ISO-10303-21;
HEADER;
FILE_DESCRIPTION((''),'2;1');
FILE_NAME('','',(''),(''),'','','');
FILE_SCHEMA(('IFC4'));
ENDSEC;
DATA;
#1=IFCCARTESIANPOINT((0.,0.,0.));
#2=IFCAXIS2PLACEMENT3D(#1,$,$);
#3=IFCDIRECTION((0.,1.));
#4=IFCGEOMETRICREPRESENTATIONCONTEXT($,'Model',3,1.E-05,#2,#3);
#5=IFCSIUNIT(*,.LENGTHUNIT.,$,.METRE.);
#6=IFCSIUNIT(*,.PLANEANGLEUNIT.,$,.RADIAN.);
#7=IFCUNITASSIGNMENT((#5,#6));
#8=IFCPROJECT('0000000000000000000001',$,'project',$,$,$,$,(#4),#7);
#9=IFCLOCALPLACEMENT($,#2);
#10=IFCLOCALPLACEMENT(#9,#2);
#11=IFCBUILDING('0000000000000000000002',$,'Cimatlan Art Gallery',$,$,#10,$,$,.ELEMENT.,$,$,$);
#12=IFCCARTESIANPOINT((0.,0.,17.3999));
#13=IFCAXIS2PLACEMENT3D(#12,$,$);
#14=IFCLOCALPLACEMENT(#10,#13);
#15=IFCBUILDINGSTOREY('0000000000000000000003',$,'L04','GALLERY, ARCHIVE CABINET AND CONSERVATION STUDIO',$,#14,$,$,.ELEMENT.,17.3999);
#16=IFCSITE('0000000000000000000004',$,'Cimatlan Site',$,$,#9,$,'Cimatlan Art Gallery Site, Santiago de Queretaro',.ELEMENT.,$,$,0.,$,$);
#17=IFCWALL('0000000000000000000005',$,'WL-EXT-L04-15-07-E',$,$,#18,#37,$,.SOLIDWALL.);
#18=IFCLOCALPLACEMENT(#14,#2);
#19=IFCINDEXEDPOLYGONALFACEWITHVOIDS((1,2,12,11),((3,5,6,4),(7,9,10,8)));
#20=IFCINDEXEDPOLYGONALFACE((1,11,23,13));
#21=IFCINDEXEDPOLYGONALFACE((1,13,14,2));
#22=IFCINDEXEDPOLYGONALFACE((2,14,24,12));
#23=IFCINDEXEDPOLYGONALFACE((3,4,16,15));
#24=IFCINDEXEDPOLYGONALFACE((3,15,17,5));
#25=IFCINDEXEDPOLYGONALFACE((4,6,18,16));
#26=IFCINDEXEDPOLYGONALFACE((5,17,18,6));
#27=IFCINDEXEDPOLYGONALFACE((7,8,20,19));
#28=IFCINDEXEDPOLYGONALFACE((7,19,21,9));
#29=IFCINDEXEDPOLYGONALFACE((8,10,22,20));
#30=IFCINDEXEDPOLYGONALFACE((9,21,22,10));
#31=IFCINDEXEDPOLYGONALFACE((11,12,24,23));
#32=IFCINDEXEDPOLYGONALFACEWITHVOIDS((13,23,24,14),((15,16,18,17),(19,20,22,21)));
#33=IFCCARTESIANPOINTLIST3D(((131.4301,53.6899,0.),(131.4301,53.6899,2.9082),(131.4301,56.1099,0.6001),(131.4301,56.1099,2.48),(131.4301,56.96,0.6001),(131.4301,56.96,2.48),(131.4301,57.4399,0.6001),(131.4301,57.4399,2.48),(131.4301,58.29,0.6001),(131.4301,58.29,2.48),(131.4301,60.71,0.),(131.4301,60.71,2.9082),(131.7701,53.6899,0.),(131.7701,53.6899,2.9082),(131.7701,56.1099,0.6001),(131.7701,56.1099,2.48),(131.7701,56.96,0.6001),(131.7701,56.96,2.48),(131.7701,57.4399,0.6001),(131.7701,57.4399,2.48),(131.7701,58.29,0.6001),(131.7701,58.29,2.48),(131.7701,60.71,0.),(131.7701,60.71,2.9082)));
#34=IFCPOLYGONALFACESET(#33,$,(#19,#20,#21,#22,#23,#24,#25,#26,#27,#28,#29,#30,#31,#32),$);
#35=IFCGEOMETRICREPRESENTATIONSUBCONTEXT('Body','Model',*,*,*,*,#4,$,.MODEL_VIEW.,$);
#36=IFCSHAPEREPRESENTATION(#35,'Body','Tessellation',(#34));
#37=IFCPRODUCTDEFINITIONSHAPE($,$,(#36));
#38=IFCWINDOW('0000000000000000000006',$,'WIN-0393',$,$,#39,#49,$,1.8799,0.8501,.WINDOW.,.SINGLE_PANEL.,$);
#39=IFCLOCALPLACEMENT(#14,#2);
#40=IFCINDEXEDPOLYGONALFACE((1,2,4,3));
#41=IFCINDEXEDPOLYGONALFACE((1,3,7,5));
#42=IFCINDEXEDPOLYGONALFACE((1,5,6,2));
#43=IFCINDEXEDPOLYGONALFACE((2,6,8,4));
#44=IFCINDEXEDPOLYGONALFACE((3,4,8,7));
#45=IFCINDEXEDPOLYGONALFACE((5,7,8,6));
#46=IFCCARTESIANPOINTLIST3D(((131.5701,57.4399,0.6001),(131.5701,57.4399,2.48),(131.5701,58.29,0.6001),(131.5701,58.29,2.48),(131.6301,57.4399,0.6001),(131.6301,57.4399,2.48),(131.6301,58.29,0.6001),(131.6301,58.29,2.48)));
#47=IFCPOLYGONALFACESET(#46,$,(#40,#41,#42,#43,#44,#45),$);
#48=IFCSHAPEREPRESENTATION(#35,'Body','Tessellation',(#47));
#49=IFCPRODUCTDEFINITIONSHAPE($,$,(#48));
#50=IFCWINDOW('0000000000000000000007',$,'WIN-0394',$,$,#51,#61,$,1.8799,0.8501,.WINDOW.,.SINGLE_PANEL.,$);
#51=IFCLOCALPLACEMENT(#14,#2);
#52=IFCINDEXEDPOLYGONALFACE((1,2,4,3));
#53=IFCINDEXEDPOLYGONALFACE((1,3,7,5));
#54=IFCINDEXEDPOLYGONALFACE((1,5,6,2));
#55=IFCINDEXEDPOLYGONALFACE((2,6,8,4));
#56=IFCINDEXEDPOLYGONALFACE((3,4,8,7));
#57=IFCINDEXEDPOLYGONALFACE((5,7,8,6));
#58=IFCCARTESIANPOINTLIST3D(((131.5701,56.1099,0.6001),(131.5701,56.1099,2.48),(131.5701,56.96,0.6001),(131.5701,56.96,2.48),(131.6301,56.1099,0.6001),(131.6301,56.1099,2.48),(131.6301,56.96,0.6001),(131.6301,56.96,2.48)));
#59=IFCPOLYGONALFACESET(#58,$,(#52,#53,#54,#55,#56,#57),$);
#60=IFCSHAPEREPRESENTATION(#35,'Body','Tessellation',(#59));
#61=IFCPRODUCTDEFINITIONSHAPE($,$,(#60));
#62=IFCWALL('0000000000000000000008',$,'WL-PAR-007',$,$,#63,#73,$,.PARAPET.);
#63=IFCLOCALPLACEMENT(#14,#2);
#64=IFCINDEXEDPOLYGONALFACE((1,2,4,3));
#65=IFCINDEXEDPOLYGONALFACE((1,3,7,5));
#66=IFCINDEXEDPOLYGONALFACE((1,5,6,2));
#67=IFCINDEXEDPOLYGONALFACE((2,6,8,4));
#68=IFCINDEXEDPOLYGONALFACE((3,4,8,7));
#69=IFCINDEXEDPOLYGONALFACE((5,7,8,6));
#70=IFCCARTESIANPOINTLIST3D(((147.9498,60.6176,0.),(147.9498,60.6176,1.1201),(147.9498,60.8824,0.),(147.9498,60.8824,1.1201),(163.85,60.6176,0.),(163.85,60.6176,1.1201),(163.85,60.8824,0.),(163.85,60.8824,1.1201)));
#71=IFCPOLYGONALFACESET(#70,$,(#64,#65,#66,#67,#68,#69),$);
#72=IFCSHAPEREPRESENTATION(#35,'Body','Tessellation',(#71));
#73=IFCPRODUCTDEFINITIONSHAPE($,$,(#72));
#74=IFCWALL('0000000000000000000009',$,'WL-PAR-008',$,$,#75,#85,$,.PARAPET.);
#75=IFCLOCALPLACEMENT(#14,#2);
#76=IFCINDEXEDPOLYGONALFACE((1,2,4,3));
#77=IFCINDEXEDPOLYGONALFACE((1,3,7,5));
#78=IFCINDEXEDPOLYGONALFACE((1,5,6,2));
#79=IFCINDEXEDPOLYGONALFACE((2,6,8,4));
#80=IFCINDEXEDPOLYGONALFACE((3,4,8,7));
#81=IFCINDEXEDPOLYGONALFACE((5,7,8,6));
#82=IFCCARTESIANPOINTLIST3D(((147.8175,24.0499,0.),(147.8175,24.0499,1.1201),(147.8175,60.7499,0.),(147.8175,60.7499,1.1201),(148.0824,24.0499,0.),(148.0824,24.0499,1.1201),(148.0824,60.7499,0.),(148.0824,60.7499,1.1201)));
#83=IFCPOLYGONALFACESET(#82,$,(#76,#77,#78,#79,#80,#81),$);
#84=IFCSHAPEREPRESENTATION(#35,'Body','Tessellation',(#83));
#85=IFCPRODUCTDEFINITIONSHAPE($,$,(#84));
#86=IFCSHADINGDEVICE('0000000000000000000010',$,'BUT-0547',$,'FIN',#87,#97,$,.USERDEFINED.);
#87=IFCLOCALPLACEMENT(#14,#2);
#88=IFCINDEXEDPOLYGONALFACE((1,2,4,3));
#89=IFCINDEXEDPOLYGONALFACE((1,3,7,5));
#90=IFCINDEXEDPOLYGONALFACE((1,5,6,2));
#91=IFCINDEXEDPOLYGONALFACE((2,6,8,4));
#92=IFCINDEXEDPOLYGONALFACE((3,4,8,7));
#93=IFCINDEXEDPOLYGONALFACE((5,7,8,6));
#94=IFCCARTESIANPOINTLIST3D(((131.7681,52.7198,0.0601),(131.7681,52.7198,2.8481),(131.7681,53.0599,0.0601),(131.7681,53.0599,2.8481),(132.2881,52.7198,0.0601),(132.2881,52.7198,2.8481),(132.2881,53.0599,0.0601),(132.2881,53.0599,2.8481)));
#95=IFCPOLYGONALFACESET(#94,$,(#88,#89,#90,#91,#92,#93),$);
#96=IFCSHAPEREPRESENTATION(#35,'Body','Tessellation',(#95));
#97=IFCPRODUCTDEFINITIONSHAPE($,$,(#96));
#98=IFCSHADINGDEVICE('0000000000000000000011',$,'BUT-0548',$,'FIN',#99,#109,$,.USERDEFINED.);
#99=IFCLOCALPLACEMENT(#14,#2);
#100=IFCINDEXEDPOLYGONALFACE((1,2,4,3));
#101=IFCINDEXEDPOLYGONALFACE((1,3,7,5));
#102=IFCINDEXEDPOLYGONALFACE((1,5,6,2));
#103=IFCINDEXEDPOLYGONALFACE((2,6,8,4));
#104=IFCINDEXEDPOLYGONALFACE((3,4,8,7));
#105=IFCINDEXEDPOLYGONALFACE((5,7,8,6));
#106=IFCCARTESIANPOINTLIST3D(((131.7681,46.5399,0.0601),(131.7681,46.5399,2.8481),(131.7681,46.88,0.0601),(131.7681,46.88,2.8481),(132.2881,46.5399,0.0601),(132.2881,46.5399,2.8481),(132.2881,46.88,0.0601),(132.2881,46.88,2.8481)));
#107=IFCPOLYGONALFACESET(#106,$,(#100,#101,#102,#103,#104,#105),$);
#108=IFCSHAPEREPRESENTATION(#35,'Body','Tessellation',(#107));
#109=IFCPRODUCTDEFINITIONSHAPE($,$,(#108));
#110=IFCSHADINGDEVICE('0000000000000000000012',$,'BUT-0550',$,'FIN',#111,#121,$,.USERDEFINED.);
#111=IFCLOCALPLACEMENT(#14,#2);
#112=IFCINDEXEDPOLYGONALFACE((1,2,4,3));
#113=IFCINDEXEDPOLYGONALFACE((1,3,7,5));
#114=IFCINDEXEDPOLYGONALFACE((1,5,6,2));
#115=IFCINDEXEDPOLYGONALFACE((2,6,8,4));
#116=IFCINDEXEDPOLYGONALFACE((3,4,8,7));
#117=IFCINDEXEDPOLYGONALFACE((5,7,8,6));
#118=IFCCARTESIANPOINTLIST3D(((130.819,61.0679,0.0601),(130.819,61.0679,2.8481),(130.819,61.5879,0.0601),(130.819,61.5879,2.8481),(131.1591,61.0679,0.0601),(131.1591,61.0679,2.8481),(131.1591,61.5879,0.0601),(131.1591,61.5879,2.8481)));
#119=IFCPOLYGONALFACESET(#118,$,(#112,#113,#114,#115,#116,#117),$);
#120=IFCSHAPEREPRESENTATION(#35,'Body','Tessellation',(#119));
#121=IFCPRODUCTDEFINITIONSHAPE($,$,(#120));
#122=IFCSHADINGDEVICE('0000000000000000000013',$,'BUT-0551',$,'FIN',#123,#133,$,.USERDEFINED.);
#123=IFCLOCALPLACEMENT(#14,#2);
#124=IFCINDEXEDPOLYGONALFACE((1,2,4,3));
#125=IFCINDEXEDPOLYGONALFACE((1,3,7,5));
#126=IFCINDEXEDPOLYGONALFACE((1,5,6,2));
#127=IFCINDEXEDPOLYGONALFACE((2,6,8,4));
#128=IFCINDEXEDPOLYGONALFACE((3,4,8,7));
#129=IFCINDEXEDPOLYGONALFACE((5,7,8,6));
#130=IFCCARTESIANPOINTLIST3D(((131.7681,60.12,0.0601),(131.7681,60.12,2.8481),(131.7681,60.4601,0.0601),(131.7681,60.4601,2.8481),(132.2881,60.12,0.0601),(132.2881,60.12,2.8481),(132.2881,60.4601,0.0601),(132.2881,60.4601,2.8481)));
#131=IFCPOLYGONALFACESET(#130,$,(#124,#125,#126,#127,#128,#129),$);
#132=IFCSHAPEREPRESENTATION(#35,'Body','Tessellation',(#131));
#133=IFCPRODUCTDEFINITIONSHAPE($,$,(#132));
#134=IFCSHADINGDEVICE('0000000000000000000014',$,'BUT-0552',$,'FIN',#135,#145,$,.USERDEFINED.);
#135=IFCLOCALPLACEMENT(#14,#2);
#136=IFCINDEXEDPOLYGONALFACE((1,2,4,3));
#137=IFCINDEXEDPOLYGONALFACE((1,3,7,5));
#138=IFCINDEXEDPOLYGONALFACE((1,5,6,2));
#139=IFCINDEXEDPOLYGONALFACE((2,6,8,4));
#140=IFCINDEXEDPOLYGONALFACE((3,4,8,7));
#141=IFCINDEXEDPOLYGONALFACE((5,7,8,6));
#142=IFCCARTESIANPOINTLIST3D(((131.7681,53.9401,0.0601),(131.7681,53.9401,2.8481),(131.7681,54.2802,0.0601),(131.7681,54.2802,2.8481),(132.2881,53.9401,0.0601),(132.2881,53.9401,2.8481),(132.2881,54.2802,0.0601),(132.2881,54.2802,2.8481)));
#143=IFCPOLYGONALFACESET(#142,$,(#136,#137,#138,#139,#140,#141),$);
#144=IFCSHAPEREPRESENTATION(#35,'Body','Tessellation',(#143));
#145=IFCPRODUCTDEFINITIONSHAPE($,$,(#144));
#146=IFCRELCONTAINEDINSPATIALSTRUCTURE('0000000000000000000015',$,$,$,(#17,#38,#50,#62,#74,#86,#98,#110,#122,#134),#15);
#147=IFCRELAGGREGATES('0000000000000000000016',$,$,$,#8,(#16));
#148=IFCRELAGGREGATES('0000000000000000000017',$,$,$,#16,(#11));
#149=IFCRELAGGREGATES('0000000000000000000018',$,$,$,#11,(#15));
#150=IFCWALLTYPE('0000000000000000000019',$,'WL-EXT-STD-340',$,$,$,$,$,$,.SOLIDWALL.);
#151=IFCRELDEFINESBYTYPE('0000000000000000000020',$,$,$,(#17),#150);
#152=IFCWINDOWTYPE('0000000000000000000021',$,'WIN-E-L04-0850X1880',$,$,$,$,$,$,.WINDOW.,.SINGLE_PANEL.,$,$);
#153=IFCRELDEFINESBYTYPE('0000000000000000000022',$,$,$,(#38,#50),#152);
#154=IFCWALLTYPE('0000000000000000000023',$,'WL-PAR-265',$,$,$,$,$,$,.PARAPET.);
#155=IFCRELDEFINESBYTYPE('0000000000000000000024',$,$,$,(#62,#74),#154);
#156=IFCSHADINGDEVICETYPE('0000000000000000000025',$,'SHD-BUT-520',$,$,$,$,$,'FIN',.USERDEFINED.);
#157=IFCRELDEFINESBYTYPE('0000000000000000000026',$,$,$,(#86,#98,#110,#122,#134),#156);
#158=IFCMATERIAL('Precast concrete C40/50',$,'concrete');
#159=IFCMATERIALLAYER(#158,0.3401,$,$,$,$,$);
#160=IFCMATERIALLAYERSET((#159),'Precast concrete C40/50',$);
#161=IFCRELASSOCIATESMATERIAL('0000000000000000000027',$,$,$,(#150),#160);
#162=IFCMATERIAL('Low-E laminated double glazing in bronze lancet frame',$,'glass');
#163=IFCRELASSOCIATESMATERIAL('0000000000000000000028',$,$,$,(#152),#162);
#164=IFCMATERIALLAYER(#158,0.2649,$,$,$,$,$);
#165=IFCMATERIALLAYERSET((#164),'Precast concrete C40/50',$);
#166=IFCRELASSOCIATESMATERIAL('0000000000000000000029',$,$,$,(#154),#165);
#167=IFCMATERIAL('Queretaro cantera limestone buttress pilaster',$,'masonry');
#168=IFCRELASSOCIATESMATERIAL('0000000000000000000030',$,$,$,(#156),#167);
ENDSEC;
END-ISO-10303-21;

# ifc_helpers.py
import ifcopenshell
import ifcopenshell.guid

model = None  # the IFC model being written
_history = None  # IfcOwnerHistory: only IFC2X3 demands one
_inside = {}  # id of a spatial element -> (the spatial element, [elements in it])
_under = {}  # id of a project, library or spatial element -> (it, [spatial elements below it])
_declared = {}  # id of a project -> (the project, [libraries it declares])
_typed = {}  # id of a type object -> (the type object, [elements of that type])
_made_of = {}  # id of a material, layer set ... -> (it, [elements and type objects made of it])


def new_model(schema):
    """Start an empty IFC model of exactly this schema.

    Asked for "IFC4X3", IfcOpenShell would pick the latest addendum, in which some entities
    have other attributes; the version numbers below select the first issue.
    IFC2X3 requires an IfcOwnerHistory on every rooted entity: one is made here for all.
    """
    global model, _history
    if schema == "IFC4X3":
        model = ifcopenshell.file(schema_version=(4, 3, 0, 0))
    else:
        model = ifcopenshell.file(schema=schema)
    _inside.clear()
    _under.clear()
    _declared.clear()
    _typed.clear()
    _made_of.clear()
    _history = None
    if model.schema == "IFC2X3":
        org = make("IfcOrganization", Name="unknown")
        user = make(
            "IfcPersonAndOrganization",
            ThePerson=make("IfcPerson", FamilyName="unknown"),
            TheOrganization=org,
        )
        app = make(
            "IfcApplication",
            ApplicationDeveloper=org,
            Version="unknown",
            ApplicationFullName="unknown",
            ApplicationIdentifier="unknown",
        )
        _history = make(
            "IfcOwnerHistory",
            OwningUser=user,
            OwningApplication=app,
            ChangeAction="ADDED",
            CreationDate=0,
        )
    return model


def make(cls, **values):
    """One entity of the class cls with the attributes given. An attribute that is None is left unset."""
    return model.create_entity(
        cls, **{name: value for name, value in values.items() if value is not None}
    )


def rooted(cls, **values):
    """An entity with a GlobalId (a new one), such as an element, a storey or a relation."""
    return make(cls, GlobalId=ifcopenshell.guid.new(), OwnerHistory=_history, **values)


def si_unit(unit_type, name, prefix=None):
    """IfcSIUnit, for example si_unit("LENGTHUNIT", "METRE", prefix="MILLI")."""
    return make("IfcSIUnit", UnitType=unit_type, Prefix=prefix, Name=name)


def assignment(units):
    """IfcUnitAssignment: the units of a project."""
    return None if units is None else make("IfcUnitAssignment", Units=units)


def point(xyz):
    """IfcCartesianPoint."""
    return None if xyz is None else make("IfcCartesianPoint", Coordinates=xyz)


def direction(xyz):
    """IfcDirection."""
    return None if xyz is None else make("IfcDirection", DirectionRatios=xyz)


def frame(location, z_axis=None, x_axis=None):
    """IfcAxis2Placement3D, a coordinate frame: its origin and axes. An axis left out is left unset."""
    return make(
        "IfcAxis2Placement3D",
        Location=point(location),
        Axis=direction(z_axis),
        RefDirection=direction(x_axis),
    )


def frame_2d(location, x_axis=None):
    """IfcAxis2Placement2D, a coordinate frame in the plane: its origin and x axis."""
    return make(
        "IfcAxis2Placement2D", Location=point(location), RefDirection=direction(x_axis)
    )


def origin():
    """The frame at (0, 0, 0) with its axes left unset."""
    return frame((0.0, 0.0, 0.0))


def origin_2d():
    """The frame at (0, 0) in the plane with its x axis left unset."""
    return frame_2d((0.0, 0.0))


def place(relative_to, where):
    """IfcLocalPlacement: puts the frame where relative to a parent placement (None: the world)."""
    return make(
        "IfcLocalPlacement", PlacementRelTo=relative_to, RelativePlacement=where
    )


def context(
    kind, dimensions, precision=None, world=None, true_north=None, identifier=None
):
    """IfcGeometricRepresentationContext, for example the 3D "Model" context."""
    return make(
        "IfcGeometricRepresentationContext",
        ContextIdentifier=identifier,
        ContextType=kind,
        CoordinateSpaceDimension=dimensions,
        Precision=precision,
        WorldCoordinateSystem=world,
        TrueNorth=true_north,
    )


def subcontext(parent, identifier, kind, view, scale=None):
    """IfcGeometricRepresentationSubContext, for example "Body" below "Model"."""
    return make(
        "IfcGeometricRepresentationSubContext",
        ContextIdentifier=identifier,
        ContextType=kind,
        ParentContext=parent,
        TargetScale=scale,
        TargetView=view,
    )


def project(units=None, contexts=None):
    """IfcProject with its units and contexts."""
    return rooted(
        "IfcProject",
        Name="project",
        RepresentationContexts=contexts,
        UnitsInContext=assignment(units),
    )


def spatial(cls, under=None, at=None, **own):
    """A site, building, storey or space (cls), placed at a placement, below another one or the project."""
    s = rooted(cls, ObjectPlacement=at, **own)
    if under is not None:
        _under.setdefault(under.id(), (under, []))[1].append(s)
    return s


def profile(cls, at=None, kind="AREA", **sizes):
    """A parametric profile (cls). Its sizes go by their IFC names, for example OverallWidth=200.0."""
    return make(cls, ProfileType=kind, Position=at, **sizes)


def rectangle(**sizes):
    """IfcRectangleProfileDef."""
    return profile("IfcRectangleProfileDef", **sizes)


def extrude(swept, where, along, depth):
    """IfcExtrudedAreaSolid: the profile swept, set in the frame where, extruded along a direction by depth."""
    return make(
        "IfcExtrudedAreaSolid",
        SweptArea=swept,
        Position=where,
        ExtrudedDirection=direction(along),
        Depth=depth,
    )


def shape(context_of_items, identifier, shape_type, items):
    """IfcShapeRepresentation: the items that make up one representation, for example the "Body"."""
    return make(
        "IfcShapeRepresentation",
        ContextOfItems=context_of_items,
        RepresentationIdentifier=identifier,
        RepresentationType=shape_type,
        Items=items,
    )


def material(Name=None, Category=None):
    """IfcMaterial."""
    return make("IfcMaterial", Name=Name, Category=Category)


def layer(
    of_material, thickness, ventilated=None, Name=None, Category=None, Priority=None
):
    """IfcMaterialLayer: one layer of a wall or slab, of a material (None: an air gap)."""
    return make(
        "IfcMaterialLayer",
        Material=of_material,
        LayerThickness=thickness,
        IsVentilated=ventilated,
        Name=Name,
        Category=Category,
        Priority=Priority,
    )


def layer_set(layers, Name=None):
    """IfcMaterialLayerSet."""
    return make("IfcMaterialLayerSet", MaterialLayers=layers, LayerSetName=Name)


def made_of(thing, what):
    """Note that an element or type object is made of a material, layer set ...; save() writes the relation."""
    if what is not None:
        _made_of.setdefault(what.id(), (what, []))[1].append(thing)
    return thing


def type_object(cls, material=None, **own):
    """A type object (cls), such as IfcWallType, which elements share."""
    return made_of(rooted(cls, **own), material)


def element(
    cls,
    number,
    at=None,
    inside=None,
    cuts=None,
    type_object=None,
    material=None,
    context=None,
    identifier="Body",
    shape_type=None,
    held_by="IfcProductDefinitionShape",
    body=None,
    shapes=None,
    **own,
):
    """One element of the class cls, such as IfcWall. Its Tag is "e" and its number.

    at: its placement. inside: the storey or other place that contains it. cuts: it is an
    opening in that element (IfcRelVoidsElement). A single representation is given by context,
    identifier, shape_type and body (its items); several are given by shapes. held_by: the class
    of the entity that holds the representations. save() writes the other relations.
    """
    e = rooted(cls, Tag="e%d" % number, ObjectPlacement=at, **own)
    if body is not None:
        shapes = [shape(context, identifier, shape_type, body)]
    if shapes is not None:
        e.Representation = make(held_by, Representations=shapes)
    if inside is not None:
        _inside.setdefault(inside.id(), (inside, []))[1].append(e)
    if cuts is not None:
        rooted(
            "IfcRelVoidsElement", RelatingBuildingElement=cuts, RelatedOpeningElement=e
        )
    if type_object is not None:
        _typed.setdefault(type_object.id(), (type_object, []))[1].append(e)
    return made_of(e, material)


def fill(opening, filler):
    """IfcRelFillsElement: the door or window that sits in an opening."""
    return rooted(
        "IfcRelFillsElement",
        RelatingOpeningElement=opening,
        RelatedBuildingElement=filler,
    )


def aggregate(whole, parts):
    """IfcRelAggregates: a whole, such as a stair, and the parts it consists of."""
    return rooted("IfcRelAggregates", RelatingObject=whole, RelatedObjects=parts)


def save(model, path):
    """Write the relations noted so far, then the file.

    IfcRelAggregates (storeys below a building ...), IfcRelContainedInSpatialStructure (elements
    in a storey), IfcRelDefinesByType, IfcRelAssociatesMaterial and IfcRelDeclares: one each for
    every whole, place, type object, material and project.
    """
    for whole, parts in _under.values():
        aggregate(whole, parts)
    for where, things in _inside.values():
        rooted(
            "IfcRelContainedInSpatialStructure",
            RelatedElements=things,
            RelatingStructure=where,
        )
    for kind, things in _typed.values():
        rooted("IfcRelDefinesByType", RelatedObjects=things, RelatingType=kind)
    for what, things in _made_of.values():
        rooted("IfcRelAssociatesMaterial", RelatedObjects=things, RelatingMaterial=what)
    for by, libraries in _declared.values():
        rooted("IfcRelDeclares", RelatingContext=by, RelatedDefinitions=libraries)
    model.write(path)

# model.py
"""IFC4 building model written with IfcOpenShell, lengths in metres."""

from ifc_helpers import new_model, si_unit, direction, frame, frame_2d, origin, origin_2d, place, context, subcontext, project, spatial, rectangle, extrude, material, layer, layer_set, type_object, element, fill, save


model = new_model("IFC4")

# Units and contexts
model_context = context("Model", 3, precision=1e-05, world=origin(), true_north=direction((0.0, 1.0)))
body_context = subcontext(model_context, "Body", "Model", "MODEL_VIEW")
ifc_project = project(units=[si_unit("LENGTHUNIT", "METRE"), si_unit("PLANEANGLEUNIT", "RADIAN")], contexts=[model_context])

# Site, building, storey
site_placement = place(None, origin())
site = spatial("IfcSite", under=ifc_project, at=site_placement, Name="Cimatlan Site", LongName="Cimatlan Art Gallery Site, Santiago de Queretaro", CompositionType="ELEMENT", RefElevation=0.0)
building_placement = place(site_placement, origin())
building = spatial("IfcBuilding", under=site, at=building_placement, Name="Cimatlan Art Gallery", CompositionType="ELEMENT")
storey_placement = place(building_placement, frame((0.0, 0.0, 17.3999)))
storey = spatial("IfcBuildingStorey", under=building, at=storey_placement, Name="L04", Description="GALLERY, ARCHIVE CABINET AND CONSERVATION STUDIO", CompositionType="ELEMENT", Elevation=17.3999)

# Wall, openings, windows
ifc_material_1 = material(Name="Precast concrete C40/50", Category="concrete")
ifc_layer_1 = layer(ifc_material_1, 0.3401)
ifc_layer_set_1 = layer_set([ifc_layer_1], Name="Precast concrete C40/50")
wall_type_1 = type_object("IfcWallType", Name="WL-EXT-STD-340", PredefinedType="SOLIDWALL", material=ifc_layer_set_1)
ifc_material_2 = material(Name="Low-E laminated double glazing in bronze lancet frame", Category="glass")
window_type = type_object("IfcWindowType", Name="WIN-E-L04-0850X1880", PartitioningType="SINGLE_PANEL", PredefinedType="WINDOW", material=ifc_material_2)
wall_1_placement = place(storey_placement, frame((131.6001, 60.71, 0.0), z_axis=(0.0, 0.0, 1.0), x_axis=(0.0, -1.0, 0.0)))
wall_1 = element("IfcWall", 1, at=wall_1_placement, inside=storey, type_object=wall_type_1, Name="WL-EXT-L04-15-07-E", PredefinedType="SOLIDWALL", context=body_context, shape_type="SweptSolid", body=[
    extrude(rectangle(XDim=7.02, YDim=0.3401, at=frame_2d((3.51, 0.0))), origin(), (0.0, 0.0, 1.0), 2.9082),
])
opening_1_placement = place(wall_1_placement, frame((2.4199, 0.0, 0.6001)))
opening_1 = element("IfcOpeningElement", 2, at=opening_1_placement, cuts=wall_1, PredefinedType="OPENING", context=body_context, shape_type="SweptSolid", body=[
    extrude(rectangle(XDim=0.8501, YDim=1.8799, at=frame_2d((0.425, 0.9399))), frame((0.0, 0.1802, 0.0), z_axis=(0.0, -1.0, 0.0), x_axis=(1.0, 0.0, 0.0)), (0.0, 0.0, 1.0), 0.3601),
])
opening_2_placement = place(wall_1_placement, frame((3.75, 0.0, 0.6001)))
opening_2 = element("IfcOpeningElement", 3, at=opening_2_placement, cuts=wall_1, PredefinedType="OPENING", context=body_context, shape_type="SweptSolid", body=[
    extrude(rectangle(XDim=0.8501, YDim=1.8799, at=frame_2d((0.425, 0.9399))), frame((0.0, 0.1802, 0.0), z_axis=(0.0, -1.0, 0.0), x_axis=(1.0, 0.0, 0.0)), (0.0, 0.0, 1.0), 0.3601),
])
window_1_placement = place(opening_1_placement, origin())
window_1 = element("IfcWindow", 4, at=window_1_placement, inside=storey, type_object=window_type, Name="WIN-0393", OverallHeight=1.8799, OverallWidth=0.8501, PartitioningType="SINGLE_PANEL", PredefinedType="WINDOW", context=body_context, shape_type="SweptSolid", body=[
    extrude(rectangle(XDim=0.8501, YDim=1.8799, at=frame_2d((0.425, 0.9399))), frame((0.0, 0.03, 0.0), z_axis=(0.0, -1.0, 0.0), x_axis=(1.0, 0.0, 0.0)), (0.0, 0.0, 1.0), 0.0601),
])
fill(opening_1, window_1)
window_2_placement = place(opening_2_placement, origin())
window_2 = element("IfcWindow", 5, at=window_2_placement, inside=storey, type_object=window_type, Name="WIN-0394", OverallHeight=1.8799, OverallWidth=0.8501, PartitioningType="SINGLE_PANEL", PredefinedType="WINDOW", context=body_context, shape_type="SweptSolid", body=[
    extrude(rectangle(XDim=0.8501, YDim=1.8799, at=frame_2d((0.425, 0.9399))), frame((0.0, 0.03, 0.0), z_axis=(0.0, -1.0, 0.0), x_axis=(1.0, 0.0, 0.0)), (0.0, 0.0, 1.0), 0.0601),
])
fill(opening_2, window_2)

# Walls
ifc_layer_2 = layer(ifc_material_1, 0.2649)
ifc_layer_set_2 = layer_set([ifc_layer_2], Name="Precast concrete C40/50")
wall_type_2 = type_object("IfcWallType", Name="WL-PAR-265", PredefinedType="PARAPET", material=ifc_layer_set_2)
wall_2_placement = place(storey_placement, frame((163.8501, 60.75, 0.0), z_axis=(0.0, 0.0, 1.0), x_axis=(-1.0, 0.0, 0.0)))
element("IfcWall", 6, at=wall_2_placement, inside=storey, type_object=wall_type_2, Name="WL-PAR-007", PredefinedType="PARAPET", context=body_context, shape_type="SweptSolid", body=[
    extrude(rectangle(XDim=15.9001, YDim=0.2649, at=frame_2d((7.9502, 0.0))), origin(), (0.0, 0.0, 1.0), 1.1201),
])
wall_3_placement = place(storey_placement, frame((147.95, 60.75, 0.0), z_axis=(0.0, 0.0, 1.0), x_axis=(0.0, -1.0, 0.0)))
element("IfcWall", 7, at=wall_3_placement, inside=storey, type_object=wall_type_2, Name="WL-PAR-008", PredefinedType="PARAPET", context=body_context, shape_type="SweptSolid", body=[
    extrude(rectangle(XDim=36.7, YDim=0.2649, at=frame_2d((18.3501, 0.0))), origin(), (0.0, 0.0, 1.0), 1.1201),
])

# Shading devices
ifc_material_3 = material(Name="Queretaro cantera limestone buttress pilaster", Category="masonry")
shading_device_type = type_object("IfcShadingDeviceType", Name="SHD-BUT-520", ElementType="FIN", PredefinedType="USERDEFINED", material=ifc_material_3)
for number, where, z_axis, x_axis, name in (
    (8, (132.0281, 52.8899, 0.0601), (0.0, 0.0, 1.0), (0.0, -1.0, 0.0), "BUT-0547"),
    (9, (132.0281, 46.71, 0.0601), (0.0, 0.0, 1.0), (0.0, -1.0, 0.0), "BUT-0548"),
    (10, (130.989, 61.3279, 0.0601), (0.0, 0.0, 1.0), (1.0, 0.0, 0.0), "BUT-0550"),
    (11, (132.0281, 60.29, 0.0601), (0.0, 0.0, 1.0), (0.0, -1.0, 0.0), "BUT-0551"),
    (12, (132.0281, 54.1101, 0.0601), (0.0, 0.0, 1.0), (0.0, -1.0, 0.0), "BUT-0552"),
):
    element("IfcShadingDevice", number, at=place(storey_placement, frame(where, z_axis=z_axis, x_axis=x_axis)), inside=storey, type_object=shading_device_type, Name=name, ObjectType="FIN", PredefinedType="USERDEFINED", context=body_context, shape_type="SweptSolid", body=[
        extrude(rectangle(XDim=0.3401, YDim=0.52, at=origin_2d()), origin(), (0.0, 0.0, 1.0), 2.7881),
    ])

save(model, "model.ifc")
